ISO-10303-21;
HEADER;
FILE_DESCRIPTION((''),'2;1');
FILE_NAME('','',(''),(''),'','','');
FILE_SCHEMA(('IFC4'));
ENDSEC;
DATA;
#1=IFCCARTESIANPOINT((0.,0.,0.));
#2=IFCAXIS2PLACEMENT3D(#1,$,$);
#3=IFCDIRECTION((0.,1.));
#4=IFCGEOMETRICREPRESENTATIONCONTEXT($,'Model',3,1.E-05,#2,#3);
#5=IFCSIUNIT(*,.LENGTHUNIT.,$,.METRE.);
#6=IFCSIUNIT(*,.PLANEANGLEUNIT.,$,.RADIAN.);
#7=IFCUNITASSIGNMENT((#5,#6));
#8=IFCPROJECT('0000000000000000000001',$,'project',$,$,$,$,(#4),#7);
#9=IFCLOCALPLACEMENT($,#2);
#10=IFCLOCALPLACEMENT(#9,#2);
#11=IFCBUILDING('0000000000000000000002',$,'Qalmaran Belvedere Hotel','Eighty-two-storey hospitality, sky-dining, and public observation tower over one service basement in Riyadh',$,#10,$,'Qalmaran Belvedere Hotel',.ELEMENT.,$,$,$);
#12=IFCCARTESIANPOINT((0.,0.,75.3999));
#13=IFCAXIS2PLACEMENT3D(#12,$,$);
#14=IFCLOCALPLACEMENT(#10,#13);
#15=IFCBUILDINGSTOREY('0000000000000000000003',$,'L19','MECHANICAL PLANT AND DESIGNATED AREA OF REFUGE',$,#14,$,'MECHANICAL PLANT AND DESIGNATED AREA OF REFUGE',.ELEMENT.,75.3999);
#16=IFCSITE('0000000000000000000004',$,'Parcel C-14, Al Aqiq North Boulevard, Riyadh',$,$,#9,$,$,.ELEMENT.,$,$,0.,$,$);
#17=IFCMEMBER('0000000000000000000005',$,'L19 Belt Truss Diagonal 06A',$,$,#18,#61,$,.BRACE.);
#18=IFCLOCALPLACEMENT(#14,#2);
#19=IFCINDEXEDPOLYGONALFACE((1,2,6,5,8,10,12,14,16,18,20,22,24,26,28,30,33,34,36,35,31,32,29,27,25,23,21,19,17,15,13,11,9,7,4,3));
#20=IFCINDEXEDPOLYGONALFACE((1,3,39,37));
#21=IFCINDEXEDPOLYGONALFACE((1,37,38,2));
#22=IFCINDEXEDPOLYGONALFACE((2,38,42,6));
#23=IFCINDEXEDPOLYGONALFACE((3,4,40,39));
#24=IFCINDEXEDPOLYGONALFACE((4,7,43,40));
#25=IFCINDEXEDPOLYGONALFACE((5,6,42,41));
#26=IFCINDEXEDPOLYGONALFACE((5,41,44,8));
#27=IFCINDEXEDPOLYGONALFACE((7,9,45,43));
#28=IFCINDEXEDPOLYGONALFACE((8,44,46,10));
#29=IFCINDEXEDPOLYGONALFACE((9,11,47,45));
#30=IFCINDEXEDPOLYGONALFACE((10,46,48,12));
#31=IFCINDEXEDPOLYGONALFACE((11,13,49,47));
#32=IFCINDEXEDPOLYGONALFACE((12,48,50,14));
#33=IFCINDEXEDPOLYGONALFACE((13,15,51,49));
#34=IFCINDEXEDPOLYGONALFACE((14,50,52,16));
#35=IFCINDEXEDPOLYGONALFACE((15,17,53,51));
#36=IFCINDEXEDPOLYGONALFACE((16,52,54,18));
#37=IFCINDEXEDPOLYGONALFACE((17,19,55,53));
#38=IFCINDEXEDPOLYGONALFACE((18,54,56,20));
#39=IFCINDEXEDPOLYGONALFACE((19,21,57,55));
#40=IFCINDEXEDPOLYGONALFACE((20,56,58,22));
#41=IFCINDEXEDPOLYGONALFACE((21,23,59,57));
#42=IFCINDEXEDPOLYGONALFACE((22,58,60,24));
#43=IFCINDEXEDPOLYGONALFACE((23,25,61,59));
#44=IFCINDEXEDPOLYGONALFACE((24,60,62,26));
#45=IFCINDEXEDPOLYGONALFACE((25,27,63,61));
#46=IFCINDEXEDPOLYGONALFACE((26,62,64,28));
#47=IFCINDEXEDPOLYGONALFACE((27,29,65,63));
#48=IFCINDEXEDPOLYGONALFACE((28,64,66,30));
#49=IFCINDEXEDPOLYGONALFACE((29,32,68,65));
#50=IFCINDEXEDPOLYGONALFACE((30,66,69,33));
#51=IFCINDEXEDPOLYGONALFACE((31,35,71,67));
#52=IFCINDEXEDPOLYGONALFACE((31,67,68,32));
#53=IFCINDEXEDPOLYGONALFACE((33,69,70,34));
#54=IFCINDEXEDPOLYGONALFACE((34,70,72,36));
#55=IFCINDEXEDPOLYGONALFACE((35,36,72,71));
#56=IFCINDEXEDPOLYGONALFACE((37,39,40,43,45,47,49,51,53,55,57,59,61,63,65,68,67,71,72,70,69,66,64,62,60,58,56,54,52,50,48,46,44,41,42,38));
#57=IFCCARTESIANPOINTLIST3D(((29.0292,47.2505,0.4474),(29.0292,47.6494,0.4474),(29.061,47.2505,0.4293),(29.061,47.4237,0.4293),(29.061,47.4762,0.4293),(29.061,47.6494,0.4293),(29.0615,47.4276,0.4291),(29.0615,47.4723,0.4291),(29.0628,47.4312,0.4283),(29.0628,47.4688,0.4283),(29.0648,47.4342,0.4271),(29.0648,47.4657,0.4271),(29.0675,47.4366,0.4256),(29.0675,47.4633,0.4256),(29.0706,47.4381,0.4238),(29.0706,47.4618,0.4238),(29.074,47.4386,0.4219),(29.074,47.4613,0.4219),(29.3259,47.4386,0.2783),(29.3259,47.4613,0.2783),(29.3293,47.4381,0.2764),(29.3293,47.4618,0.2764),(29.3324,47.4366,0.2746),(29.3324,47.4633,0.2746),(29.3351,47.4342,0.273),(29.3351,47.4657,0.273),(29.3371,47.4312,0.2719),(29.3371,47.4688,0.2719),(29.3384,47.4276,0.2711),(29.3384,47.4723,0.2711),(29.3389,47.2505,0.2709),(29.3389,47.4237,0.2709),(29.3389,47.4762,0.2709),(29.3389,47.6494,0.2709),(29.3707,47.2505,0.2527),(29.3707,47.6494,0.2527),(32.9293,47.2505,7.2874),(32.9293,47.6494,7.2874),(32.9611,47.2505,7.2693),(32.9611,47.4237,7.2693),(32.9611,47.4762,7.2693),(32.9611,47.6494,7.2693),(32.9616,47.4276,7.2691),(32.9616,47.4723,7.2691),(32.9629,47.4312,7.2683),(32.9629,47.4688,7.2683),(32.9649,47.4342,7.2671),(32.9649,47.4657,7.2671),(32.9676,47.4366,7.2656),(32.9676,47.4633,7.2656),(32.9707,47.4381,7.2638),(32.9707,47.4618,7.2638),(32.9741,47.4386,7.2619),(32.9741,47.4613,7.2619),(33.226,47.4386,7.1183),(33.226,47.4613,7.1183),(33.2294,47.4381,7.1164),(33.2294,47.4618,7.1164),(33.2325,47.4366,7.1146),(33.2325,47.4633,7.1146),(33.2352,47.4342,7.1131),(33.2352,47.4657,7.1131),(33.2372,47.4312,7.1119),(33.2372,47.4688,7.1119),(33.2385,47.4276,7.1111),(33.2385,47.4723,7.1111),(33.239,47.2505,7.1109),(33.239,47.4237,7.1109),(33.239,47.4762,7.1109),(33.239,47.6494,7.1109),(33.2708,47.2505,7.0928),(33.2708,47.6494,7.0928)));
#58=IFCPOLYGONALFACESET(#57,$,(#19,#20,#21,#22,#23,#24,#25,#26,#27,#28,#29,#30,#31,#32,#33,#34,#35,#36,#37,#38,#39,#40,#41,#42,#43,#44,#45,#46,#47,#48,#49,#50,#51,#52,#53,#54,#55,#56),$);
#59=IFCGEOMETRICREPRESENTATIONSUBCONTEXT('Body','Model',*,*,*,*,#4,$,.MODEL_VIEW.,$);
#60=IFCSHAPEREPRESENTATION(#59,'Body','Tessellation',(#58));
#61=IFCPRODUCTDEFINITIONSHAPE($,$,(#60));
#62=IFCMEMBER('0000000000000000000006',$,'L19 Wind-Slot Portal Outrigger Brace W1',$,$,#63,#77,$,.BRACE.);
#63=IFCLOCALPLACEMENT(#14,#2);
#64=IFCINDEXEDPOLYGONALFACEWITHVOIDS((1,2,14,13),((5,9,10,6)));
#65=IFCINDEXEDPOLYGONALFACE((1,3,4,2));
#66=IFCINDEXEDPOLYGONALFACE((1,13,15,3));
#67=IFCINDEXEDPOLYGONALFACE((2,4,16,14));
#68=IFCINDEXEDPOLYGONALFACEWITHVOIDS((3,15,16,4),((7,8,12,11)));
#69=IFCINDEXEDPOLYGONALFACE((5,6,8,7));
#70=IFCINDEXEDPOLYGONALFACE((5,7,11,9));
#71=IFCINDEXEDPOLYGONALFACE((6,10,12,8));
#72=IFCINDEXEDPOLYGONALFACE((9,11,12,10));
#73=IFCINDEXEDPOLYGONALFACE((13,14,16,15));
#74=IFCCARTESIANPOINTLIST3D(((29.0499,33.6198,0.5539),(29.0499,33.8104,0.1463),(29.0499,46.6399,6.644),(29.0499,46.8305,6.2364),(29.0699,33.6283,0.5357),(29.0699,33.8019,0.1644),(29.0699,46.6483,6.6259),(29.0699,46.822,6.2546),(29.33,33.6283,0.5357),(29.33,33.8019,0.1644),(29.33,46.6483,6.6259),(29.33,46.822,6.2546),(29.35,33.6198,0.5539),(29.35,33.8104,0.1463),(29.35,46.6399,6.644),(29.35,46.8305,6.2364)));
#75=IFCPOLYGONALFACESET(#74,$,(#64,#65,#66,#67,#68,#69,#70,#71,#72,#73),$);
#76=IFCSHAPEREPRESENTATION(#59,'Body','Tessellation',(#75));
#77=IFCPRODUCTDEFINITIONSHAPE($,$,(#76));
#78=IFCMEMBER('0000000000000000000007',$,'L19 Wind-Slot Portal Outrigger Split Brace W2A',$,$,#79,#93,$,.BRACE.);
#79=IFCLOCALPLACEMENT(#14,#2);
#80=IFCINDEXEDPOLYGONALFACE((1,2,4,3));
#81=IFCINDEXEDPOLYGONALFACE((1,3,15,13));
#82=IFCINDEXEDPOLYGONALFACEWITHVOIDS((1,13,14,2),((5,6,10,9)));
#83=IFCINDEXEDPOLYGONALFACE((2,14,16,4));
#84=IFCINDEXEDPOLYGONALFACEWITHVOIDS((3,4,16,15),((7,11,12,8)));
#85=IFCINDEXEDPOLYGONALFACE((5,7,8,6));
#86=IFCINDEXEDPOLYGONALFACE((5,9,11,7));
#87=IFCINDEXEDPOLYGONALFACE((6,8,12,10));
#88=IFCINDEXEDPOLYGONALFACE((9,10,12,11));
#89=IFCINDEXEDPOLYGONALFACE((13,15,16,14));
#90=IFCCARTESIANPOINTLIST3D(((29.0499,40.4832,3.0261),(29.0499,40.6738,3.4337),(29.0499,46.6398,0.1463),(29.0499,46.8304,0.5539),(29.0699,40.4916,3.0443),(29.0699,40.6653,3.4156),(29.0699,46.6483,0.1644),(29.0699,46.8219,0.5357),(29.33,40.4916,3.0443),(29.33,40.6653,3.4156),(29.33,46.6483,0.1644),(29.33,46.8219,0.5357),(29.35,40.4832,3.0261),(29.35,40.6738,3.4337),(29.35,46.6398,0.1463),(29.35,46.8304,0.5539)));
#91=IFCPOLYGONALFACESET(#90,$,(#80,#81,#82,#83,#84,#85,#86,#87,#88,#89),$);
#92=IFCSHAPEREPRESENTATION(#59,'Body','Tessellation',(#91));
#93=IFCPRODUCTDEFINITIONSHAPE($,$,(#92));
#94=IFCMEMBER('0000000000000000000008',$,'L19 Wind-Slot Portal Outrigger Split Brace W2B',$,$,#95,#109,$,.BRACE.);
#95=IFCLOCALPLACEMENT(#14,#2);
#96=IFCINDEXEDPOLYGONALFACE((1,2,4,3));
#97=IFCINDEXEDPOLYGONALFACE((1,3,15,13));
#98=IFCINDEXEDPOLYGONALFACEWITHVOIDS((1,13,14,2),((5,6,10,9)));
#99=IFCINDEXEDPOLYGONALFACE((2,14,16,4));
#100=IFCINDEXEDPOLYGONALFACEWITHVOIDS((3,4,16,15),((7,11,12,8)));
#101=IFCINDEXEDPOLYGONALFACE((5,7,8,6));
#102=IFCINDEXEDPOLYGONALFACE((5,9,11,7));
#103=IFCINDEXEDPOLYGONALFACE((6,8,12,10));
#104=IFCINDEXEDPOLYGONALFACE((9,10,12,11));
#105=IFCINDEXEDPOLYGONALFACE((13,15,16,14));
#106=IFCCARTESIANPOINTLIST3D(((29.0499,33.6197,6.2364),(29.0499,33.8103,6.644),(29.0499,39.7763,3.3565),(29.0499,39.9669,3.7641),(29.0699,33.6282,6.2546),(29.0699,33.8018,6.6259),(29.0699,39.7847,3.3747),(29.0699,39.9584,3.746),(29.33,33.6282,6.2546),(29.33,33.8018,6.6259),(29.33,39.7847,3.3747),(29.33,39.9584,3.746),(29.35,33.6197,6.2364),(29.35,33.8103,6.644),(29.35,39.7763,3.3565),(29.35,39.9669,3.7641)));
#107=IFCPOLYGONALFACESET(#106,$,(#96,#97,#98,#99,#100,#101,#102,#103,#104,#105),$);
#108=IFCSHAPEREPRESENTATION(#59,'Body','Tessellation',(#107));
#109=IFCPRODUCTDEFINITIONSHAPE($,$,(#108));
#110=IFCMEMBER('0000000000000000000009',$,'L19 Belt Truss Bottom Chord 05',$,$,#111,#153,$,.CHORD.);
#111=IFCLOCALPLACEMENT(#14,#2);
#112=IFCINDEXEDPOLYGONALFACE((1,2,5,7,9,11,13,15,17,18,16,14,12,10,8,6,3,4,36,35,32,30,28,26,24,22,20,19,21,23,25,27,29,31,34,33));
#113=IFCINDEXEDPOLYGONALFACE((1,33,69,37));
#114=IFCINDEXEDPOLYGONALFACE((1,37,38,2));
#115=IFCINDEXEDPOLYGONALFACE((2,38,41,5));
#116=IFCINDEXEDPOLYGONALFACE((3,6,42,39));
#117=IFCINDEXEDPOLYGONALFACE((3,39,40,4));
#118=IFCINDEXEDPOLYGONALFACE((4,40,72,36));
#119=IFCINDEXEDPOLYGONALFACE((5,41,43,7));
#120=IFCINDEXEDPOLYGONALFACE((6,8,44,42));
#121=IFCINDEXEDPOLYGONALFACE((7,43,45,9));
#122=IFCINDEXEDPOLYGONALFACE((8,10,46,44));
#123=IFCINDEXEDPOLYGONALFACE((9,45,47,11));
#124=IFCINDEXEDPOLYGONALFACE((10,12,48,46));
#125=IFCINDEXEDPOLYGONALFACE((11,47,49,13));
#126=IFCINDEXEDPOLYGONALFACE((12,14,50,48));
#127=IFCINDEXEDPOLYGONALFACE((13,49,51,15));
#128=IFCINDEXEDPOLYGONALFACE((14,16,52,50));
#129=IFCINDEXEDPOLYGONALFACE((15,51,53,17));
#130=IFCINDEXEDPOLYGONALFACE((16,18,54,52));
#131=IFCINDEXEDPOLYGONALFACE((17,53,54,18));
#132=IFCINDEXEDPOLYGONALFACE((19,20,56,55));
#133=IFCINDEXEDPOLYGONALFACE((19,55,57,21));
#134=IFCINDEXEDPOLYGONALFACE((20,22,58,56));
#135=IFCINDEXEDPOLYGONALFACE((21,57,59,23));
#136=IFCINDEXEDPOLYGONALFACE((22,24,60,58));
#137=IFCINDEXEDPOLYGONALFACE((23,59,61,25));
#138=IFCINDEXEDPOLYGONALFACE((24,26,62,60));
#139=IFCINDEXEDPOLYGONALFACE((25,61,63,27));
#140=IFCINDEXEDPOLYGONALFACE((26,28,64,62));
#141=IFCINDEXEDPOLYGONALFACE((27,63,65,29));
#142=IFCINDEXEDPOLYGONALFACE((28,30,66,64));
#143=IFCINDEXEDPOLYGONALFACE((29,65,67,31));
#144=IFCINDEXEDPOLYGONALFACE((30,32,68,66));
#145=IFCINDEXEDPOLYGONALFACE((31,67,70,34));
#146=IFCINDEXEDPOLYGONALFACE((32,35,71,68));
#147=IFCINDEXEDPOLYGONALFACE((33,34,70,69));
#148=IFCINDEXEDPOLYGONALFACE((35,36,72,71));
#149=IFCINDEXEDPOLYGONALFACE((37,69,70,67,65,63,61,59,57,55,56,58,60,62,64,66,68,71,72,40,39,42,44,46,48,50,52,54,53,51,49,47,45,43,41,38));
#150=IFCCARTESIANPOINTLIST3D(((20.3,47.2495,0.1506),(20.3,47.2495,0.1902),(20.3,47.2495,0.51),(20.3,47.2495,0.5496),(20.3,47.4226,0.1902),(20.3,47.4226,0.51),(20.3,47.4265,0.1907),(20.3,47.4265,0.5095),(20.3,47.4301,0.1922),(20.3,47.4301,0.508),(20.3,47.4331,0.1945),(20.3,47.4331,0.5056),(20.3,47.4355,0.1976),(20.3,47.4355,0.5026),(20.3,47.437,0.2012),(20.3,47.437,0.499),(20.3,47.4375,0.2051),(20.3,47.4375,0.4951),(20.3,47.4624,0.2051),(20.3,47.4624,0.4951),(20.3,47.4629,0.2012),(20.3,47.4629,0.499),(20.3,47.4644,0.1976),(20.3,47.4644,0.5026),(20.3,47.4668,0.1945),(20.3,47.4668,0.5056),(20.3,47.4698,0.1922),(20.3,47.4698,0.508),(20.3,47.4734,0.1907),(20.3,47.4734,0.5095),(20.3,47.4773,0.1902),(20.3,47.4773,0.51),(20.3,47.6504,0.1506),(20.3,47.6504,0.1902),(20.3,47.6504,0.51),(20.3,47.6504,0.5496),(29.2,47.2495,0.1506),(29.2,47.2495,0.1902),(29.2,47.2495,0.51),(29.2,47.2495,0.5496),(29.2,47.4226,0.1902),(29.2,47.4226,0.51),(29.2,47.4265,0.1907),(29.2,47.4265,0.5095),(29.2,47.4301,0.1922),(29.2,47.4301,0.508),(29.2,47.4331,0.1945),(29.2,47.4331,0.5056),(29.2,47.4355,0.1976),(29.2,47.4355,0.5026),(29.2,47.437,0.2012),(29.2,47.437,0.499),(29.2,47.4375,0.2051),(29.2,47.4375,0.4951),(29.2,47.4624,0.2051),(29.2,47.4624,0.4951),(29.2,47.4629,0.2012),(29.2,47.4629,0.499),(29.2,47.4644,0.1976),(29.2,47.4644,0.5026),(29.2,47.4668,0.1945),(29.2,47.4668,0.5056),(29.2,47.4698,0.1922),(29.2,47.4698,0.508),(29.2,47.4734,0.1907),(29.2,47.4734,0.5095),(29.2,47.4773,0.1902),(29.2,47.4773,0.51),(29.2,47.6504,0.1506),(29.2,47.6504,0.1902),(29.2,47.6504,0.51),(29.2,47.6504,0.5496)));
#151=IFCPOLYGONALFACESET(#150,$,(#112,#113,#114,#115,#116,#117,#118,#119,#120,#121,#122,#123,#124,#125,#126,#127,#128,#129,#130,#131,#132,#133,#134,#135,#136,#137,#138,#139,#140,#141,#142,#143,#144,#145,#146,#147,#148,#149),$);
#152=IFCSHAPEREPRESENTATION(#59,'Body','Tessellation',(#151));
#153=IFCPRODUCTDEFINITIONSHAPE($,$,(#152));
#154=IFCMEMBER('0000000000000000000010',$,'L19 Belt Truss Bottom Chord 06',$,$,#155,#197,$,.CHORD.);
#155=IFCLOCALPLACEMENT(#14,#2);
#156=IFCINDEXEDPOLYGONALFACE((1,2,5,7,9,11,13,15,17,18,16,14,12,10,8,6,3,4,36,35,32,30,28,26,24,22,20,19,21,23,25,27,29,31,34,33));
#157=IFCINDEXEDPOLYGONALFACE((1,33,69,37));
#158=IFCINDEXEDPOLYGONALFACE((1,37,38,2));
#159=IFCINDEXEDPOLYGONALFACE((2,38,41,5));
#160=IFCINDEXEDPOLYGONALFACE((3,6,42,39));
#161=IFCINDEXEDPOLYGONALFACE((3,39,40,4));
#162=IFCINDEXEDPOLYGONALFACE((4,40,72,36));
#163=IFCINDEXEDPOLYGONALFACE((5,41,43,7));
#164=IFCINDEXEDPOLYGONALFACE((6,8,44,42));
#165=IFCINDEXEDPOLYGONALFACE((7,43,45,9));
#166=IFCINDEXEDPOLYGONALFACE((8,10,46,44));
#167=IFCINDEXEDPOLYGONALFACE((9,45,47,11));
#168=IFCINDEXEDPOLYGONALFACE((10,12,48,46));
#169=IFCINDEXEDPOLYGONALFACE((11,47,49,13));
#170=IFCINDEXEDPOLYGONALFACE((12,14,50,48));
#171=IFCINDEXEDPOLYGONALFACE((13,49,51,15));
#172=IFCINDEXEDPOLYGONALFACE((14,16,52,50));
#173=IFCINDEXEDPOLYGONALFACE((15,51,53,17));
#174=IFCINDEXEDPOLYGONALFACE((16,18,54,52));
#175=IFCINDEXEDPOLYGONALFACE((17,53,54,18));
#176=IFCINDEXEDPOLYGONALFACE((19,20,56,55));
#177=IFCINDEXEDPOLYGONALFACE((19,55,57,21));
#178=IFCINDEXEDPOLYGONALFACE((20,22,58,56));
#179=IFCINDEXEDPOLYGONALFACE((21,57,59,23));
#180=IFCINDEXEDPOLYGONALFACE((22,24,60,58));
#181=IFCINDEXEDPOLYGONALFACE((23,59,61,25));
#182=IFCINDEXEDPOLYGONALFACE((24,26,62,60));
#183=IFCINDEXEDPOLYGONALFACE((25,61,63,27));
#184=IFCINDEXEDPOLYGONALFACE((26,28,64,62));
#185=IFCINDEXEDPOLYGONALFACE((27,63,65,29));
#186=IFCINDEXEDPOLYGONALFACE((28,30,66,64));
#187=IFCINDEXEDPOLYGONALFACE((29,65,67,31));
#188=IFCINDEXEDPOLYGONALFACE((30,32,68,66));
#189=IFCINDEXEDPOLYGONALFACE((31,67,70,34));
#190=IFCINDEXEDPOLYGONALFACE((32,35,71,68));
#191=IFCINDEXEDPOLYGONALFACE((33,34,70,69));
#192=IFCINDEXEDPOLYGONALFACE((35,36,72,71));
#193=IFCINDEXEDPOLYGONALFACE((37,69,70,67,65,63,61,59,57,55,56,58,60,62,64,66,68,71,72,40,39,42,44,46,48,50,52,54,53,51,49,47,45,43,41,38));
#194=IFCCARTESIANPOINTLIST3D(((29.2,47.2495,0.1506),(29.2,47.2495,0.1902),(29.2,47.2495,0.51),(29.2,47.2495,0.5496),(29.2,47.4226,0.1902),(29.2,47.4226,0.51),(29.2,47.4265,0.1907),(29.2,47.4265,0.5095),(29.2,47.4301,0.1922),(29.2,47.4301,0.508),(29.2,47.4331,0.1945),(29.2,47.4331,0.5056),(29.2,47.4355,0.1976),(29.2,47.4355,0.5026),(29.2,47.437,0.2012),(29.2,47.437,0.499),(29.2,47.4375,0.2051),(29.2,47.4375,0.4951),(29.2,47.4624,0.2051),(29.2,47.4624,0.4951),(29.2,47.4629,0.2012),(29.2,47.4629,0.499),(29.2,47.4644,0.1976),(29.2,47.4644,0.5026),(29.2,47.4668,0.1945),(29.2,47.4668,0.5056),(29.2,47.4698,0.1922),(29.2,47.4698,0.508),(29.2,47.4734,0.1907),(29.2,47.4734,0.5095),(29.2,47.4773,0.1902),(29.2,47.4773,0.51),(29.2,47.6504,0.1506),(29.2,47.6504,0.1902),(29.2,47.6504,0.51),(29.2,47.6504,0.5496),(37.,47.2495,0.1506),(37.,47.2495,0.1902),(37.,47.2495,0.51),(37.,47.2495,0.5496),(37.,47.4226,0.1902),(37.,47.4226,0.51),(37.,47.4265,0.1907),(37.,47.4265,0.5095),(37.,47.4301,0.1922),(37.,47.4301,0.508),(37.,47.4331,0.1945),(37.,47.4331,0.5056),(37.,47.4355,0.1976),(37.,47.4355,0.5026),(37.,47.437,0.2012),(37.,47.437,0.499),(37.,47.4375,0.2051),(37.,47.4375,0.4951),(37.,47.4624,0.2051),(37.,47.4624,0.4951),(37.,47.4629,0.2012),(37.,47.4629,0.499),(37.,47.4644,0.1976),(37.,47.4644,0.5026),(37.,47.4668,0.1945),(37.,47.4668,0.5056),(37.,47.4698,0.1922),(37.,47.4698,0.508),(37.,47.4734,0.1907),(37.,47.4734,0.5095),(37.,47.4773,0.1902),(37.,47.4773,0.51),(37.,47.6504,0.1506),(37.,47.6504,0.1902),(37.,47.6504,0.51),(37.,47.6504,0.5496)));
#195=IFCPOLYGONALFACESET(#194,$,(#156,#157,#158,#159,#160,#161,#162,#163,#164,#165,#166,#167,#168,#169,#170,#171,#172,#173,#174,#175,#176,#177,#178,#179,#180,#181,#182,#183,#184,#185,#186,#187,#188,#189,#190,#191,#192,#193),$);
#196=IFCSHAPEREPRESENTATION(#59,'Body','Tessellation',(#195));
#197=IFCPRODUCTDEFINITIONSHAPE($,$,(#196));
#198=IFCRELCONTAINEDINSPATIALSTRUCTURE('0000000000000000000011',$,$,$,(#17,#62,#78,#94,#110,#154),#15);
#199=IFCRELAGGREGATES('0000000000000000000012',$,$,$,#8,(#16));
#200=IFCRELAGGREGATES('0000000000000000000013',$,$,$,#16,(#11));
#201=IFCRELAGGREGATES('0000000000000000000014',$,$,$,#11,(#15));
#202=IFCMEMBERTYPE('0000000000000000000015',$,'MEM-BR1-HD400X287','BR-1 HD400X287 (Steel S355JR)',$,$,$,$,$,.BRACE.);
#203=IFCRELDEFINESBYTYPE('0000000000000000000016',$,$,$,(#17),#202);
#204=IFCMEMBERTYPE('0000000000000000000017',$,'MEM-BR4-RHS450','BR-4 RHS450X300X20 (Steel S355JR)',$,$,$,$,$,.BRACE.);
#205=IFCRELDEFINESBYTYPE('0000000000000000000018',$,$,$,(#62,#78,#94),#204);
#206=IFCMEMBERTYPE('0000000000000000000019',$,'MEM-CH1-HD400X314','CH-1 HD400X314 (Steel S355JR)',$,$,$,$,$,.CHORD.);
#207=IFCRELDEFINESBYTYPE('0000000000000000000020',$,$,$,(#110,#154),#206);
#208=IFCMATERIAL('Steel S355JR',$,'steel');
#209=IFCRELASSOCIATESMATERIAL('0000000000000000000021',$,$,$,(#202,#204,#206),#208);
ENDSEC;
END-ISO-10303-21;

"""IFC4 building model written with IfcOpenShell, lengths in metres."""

from ifc_helpers import new_model, si_unit, direction, frame, origin, origin_2d, place, context, subcontext, project, spatial, hollow_rectangle, i_section, extrude, material, material_profile, profile_set, type_object, element, save


model = new_model("IFC4")

# Units and contexts
model_context = context("Model", 3, precision=1e-05, world=origin(), true_north=direction((0.0, 1.0)))
body_context = subcontext(model_context, "Body", "Model", "MODEL_VIEW")
ifc_project = project(units=[si_unit("LENGTHUNIT", "METRE"), si_unit("PLANEANGLEUNIT", "RADIAN")], contexts=[model_context])

# Site, building, storey
site_placement = place(None, origin())
site = spatial("IfcSite", under=ifc_project, at=site_placement, Name="Parcel C-14, Al Aqiq North Boulevard, Riyadh", CompositionType="ELEMENT", RefElevation=0.0)
building_placement = place(site_placement, origin())
building = spatial("IfcBuilding", under=site, at=building_placement, Name="Qalmaran Belvedere Hotel", Description="Eighty-two-storey hospitality, sky-dining, and public observation tower over one service basement in Riyadh", LongName="Qalmaran Belvedere Hotel", CompositionType="ELEMENT")
storey_placement = place(building_placement, frame((0.0, 0.0, 75.3999)))
storey = spatial("IfcBuildingStorey", under=building, at=storey_placement, Name="L19", Description="MECHANICAL PLANT AND DESIGNATED AREA OF REFUGE", LongName="MECHANICAL PLANT AND DESIGNATED AREA OF REFUGE", CompositionType="ELEMENT", Elevation=75.3999)

# Shared definitions
ifc_material_1 = material(Name="Steel S355JR", Category="steel")

# Members
ifc_material_profile_1 = material_profile(ifc_material_1, i_section(OverallWidth=0.3989, OverallDepth=0.3931, WebThickness=0.0227, FlangeThickness=0.0366, FilletRadius=0.0149, at=origin_2d()), Name="HD400X287")
ifc_profile_set_1 = profile_set([ifc_material_profile_1], Name="Steel S355JR")
member_type_1 = type_object("IfcMemberType", Name="MEM-BR1-HD400X287", Description="BR-1 HD400X287 (Steel S355JR)", PredefinedType="BRACE", material=ifc_profile_set_1)
member_1_placement = place(storey_placement, frame((29.2, 47.45, 0.3501), z_axis=(0.495327, 0.0, 0.868706), x_axis=(0.0, 1.0, 0.0)))
element("IfcMember", 1, at=member_1_placement, inside=storey, type_object=member_type_1, Name="L19 Belt Truss Diagonal 06A", PredefinedType="BRACE", context=body_context, shape_type="SweptSolid", body=[
    extrude(i_section(OverallWidth=0.3989, OverallDepth=0.3931, WebThickness=0.0227, FlangeThickness=0.0366, FilletRadius=0.0149, at=origin_2d()), origin(), (0.0, 0.0, 1.0), 7.8738),
])
ifc_material_profile_2 = material_profile(ifc_material_1, hollow_rectangle(XDim=0.3, YDim=0.45, WallThickness=0.02, at=origin_2d()), Name="RHS450X300X20")
ifc_profile_set_2 = profile_set([ifc_material_profile_2], Name="Steel S355JR")
member_type_2 = type_object("IfcMemberType", Name="MEM-BR4-RHS450", Description="BR-4 RHS450X300X20 (Steel S355JR)", PredefinedType="BRACE", material=ifc_profile_set_2)
member_2_placement = place(storey_placement, frame((29.2, 33.7151, 0.3501), z_axis=(0.0, 0.905807, 0.42369), x_axis=(-1.0, 0.0, 0.0)))
element("IfcMember", 2, at=member_2_placement, inside=storey, type_object=member_type_2, Name="L19 Wind-Slot Portal Outrigger Brace W1", PredefinedType="BRACE", context=body_context, shape_type="SweptSolid", body=[
    extrude(hollow_rectangle(XDim=0.3, YDim=0.45, WallThickness=0.02, at=origin_2d()), origin(), (0.0, 0.0, 1.0), 14.374),
])
for number, where, z_axis, x_axis, name in (
    (3, (29.2, 46.7351, 0.3501), (0.0, -0.905803, 0.423699), (1.0, 0.0, 0.0), "L19 Wind-Slot Portal Outrigger Split Brace W2A"),
    (4, (29.2, 39.8716, 3.5603), (0.0, -0.905796, 0.423713), (1.0, 0.0, 0.0), "L19 Wind-Slot Portal Outrigger Split Brace W2B"),
):
    element("IfcMember", number, at=place(storey_placement, frame(where, z_axis=z_axis, x_axis=x_axis)), inside=storey, type_object=member_type_2, Name=name, PredefinedType="BRACE", context=body_context, shape_type="SweptSolid", body=[
        extrude(hollow_rectangle(XDim=0.3, YDim=0.45, WallThickness=0.02, at=origin_2d()), origin(), (0.0, 0.0, 1.0), 6.7969),
    ])
ifc_material_profile_3 = material_profile(ifc_material_1, i_section(OverallWidth=0.4009, OverallDepth=0.3989, WebThickness=0.0249, FlangeThickness=0.0396, FilletRadius=0.0149, at=origin_2d()), Name="HD400X314")
ifc_profile_set_3 = profile_set([ifc_material_profile_3], Name="Steel S355JR")
member_type_3 = type_object("IfcMemberType", Name="MEM-CH1-HD400X314", Description="CH-1 HD400X314 (Steel S355JR)", PredefinedType="CHORD", material=ifc_profile_set_3)
member_3_placement = place(storey_placement, frame((20.3, 47.45, 0.3501), z_axis=(1.0, 0.0, 0.0), x_axis=(0.0, 1.0, 0.0)))
element("IfcMember", 5, at=member_3_placement, inside=storey, type_object=member_type_3, Name="L19 Belt Truss Bottom Chord 05", PredefinedType="CHORD", context=body_context, shape_type="SweptSolid", body=[
    extrude(i_section(OverallWidth=0.4009, OverallDepth=0.3989, WebThickness=0.0249, FlangeThickness=0.0396, FilletRadius=0.0149, at=origin_2d()), origin(), (0.0, 0.0, 1.0), 8.8999),
])
member_4_placement = place(storey_placement, frame((29.2, 47.45, 0.3501), z_axis=(1.0, 0.0, 0.0), x_axis=(0.0, 1.0, 0.0)))
element("IfcMember", 6, at=member_4_placement, inside=storey, type_object=member_type_3, Name="L19 Belt Truss Bottom Chord 06", PredefinedType="CHORD", context=body_context, shape_type="SweptSolid", body=[
    extrude(i_section(OverallWidth=0.4009, OverallDepth=0.3989, WebThickness=0.0249, FlangeThickness=0.0396, FilletRadius=0.0149, at=origin_2d()), origin(), (0.0, 0.0, 1.0), 7.8),
])

save(model, "model.ifc")
